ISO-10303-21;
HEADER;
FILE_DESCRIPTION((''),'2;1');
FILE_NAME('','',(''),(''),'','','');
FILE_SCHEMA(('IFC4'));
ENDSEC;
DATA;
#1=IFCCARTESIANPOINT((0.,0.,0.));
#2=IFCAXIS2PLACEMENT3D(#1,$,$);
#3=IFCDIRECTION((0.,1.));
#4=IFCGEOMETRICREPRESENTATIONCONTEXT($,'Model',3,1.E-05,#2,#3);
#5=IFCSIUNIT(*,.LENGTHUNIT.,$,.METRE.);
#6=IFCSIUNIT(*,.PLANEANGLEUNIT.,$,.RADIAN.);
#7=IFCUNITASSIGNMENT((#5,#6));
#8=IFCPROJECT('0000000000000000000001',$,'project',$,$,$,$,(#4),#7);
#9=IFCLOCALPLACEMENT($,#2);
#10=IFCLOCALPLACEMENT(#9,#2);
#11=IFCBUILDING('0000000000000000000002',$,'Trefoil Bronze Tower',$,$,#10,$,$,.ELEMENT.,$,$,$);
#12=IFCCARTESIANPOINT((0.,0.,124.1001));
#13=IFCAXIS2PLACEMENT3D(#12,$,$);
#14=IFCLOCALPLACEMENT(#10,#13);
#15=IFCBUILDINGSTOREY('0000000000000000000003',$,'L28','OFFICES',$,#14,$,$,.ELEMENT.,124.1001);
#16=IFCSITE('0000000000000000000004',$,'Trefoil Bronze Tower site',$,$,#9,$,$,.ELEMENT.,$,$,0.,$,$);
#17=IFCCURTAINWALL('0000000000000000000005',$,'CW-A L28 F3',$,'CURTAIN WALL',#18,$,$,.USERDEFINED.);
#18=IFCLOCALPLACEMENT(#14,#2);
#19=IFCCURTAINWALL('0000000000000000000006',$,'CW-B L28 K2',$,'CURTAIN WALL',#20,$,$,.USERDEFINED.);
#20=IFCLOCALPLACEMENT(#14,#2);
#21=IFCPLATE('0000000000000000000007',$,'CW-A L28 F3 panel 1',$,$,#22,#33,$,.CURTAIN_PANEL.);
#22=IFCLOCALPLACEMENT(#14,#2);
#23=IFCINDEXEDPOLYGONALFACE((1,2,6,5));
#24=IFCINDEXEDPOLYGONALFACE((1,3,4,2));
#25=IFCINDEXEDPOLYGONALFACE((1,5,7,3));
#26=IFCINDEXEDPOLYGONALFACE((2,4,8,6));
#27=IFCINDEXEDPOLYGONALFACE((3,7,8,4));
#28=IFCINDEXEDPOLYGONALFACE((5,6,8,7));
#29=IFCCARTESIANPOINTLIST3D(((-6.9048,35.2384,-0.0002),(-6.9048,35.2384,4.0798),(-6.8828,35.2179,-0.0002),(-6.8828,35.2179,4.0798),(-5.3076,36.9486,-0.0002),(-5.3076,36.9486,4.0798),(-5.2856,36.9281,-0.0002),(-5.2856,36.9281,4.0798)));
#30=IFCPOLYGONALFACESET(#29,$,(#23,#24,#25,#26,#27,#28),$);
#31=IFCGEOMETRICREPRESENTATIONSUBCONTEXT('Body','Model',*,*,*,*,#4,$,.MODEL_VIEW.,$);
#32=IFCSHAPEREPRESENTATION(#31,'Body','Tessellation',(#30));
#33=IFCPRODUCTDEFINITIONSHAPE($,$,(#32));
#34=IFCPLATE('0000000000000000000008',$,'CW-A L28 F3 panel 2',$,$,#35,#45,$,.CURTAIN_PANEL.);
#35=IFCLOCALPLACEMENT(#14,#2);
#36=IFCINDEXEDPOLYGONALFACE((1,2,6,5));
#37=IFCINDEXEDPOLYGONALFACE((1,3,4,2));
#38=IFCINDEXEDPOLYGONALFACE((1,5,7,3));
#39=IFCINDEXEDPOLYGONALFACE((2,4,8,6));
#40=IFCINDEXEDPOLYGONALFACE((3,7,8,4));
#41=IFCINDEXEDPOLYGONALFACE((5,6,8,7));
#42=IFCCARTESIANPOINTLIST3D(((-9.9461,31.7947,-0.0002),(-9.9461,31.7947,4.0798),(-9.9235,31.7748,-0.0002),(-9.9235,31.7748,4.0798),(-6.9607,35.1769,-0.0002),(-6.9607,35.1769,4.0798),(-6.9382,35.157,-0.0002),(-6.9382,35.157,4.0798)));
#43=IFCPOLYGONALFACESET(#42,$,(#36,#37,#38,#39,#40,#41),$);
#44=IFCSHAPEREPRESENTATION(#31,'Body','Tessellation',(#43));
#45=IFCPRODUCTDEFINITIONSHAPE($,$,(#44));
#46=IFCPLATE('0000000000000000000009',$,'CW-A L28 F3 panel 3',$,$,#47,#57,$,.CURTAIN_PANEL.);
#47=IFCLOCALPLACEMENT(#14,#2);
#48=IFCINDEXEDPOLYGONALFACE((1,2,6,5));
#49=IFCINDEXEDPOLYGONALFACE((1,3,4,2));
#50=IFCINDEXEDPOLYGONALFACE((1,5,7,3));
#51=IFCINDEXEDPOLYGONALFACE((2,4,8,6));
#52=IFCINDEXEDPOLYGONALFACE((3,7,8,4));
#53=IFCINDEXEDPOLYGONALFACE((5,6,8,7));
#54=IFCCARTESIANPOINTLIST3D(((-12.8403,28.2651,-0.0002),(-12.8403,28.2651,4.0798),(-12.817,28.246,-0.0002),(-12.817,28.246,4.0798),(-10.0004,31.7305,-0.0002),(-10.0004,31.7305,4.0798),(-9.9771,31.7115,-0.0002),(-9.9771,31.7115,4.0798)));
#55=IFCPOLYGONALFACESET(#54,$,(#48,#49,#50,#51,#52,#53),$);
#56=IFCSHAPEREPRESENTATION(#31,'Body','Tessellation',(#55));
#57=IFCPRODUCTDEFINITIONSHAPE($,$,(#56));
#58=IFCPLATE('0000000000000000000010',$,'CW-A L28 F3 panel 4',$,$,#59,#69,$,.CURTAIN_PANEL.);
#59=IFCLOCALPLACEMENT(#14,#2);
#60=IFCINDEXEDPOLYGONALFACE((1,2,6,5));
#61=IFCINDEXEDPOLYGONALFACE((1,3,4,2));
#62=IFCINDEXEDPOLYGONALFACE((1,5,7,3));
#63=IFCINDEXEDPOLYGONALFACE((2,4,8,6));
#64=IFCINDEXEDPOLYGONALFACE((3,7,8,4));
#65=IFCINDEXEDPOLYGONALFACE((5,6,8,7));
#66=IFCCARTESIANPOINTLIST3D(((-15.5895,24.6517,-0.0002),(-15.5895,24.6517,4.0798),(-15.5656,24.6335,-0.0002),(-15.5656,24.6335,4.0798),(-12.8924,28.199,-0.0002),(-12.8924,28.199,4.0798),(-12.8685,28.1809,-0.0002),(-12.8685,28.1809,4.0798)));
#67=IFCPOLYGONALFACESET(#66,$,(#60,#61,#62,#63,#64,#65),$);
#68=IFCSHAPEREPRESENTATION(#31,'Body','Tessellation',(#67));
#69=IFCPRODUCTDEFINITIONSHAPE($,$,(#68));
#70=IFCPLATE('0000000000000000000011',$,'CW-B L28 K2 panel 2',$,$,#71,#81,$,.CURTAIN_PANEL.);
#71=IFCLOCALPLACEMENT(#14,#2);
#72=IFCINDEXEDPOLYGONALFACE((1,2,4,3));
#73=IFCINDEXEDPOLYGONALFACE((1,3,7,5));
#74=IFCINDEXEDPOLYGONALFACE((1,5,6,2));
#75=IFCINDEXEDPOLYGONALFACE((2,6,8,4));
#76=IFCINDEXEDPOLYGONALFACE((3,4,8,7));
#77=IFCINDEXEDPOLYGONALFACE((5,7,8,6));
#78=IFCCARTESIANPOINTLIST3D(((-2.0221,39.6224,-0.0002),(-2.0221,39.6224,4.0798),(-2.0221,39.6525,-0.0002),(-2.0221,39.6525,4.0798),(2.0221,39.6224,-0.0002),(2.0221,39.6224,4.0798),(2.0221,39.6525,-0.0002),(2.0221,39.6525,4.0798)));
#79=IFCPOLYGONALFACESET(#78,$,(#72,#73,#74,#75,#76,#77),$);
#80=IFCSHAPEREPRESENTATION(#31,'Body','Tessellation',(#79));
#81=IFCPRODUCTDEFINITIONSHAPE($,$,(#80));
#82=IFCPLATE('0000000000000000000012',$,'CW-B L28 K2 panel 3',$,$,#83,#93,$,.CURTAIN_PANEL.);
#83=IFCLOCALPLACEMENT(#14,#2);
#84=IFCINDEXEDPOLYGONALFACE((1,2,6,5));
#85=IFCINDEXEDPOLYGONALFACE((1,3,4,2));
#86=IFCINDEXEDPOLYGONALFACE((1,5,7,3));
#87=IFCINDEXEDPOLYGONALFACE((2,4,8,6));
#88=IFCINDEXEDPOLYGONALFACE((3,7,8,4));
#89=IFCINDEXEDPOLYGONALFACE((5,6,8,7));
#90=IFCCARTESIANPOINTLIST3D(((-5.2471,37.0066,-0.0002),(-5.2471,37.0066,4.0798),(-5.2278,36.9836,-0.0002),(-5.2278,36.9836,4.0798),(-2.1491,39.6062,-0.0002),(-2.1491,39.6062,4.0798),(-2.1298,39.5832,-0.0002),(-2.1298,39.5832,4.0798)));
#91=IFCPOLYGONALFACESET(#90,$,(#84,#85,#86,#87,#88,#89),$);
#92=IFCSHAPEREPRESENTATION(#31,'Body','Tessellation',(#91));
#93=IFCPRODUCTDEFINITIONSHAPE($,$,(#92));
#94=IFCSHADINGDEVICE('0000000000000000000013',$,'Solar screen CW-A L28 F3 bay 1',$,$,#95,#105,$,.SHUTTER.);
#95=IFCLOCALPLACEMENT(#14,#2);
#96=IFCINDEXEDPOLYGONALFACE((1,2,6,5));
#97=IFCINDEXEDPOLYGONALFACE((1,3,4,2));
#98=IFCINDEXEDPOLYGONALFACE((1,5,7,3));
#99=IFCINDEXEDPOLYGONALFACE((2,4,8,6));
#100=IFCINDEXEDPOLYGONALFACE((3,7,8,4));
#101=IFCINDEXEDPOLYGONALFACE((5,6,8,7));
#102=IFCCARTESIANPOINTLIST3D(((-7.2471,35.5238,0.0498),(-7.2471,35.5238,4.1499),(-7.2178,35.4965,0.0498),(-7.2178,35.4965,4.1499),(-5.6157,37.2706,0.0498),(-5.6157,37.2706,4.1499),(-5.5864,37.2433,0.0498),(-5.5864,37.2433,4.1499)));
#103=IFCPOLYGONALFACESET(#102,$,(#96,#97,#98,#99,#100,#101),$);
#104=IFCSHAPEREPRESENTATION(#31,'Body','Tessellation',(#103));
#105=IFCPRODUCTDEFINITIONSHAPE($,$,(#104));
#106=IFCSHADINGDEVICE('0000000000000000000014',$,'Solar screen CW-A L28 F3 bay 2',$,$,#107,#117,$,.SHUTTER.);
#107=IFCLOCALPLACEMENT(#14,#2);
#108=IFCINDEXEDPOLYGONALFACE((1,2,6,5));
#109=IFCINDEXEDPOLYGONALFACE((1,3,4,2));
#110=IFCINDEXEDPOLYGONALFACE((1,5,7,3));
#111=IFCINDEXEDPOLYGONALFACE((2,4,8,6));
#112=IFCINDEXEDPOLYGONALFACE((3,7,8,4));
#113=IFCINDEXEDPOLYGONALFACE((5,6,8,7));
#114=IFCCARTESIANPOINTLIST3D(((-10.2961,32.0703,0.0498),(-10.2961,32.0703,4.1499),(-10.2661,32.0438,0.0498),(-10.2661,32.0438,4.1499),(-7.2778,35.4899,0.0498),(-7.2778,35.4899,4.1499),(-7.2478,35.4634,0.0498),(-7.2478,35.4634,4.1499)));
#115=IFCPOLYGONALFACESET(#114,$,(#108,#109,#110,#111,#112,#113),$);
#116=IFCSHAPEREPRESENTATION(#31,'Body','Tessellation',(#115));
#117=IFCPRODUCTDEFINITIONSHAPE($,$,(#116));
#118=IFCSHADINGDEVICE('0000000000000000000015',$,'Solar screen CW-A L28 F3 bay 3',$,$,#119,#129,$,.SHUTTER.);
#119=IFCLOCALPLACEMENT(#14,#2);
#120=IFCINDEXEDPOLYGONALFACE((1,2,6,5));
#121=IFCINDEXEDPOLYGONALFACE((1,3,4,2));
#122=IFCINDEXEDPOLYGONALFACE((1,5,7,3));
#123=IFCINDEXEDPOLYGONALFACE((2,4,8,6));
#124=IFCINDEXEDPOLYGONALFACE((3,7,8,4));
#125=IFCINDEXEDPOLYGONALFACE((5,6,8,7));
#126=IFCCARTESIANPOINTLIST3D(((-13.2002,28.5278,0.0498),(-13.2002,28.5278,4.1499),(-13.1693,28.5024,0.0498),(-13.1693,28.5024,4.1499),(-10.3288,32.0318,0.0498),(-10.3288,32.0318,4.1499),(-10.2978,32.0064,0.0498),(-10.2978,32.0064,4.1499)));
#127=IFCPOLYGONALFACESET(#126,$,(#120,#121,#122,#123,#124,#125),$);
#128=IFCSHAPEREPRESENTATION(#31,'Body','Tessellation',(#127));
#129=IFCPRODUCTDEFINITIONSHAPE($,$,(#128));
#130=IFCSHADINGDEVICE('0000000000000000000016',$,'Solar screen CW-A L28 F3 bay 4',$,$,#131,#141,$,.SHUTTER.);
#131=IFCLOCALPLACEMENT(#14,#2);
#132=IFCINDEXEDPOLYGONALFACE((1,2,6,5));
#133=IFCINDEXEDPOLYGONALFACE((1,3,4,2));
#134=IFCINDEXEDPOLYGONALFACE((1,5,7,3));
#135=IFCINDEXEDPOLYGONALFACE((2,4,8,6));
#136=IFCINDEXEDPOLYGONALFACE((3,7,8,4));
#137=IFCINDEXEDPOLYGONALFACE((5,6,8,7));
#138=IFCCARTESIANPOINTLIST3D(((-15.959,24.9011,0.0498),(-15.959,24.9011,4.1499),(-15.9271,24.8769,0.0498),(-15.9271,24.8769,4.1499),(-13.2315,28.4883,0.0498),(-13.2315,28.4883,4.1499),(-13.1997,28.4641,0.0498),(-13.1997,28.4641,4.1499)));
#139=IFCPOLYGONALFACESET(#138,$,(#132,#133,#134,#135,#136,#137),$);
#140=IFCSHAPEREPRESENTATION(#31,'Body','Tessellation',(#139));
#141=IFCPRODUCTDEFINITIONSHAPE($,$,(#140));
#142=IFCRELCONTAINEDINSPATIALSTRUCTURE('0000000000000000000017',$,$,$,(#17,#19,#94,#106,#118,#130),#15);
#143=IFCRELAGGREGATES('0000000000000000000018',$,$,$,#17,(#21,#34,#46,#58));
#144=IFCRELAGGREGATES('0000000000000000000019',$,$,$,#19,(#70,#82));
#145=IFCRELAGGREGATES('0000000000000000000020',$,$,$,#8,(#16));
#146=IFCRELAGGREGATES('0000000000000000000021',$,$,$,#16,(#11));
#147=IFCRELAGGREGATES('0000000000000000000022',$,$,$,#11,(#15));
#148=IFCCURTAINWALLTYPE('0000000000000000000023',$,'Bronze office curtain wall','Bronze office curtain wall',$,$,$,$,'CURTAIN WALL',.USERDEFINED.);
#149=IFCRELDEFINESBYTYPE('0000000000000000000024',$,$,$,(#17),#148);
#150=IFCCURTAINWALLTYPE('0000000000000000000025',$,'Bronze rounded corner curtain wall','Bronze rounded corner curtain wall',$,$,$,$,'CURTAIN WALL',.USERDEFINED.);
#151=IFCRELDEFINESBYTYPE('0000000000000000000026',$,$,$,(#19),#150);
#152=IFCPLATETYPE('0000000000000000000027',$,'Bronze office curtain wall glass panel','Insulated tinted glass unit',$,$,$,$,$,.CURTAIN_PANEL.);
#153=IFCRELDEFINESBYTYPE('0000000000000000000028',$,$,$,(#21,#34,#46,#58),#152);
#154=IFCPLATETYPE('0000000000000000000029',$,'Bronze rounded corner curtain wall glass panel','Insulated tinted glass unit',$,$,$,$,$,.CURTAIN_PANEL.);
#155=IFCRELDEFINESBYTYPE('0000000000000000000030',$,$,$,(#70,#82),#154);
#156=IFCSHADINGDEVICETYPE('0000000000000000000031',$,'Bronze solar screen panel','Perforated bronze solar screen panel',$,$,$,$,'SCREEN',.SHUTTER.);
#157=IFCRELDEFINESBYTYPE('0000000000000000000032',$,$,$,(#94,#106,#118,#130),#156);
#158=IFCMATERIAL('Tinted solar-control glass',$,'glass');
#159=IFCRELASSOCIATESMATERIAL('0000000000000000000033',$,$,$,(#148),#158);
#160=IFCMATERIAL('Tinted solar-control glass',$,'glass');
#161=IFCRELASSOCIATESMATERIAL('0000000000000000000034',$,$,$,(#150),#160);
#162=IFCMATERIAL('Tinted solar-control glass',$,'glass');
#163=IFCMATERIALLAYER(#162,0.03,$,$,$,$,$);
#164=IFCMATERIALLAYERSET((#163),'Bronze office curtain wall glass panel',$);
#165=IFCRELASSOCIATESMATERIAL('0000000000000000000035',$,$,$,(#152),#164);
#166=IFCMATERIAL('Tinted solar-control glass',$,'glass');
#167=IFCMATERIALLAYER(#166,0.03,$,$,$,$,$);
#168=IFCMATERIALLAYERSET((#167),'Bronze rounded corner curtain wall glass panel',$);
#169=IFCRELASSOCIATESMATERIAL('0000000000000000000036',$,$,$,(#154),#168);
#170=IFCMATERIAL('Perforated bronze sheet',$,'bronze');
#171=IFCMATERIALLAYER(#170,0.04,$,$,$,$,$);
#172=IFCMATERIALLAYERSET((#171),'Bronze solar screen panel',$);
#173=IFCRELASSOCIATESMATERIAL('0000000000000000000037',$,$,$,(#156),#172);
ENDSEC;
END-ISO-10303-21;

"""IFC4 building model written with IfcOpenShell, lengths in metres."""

from ifc_helpers import new_model, si_unit, direction, frame, origin, origin_2d, place, context, subcontext, project, spatial, rectangle, extrude, material, layer, layer_set, type_object, element, aggregate, save


model = new_model("IFC4")

# Units and contexts
model_context = context("Model", 3, precision=1e-05, world=origin(), true_north=direction((0.0, 1.0)))
body_context = subcontext(model_context, "Body", "Model", "MODEL_VIEW")
ifc_project = project(units=[si_unit("LENGTHUNIT", "METRE"), si_unit("PLANEANGLEUNIT", "RADIAN")], contexts=[model_context])

# Site, building, storey
site_placement = place(None, origin())
site = spatial("IfcSite", under=ifc_project, at=site_placement, Name="Trefoil Bronze Tower site", CompositionType="ELEMENT", RefElevation=0.0)
building_placement = place(site_placement, origin())
building = spatial("IfcBuilding", under=site, at=building_placement, Name="Trefoil Bronze Tower", CompositionType="ELEMENT")
storey_placement = place(building_placement, frame((0.0, 0.0, 124.1001)))
storey = spatial("IfcBuildingStorey", under=building, at=storey_placement, Name="L28", Description="OFFICES", CompositionType="ELEMENT", Elevation=124.1001)

# Curtain walls
ifc_material_1 = material(Name="Tinted solar-control glass", Category="glass")
curtain_wall_type_1 = type_object("IfcCurtainWallType", Name="Bronze office curtain wall", Description="Bronze office curtain wall", ElementType="CURTAIN WALL", PredefinedType="USERDEFINED", material=ifc_material_1)
curtain_wall_1_placement = place(storey_placement, origin())
curtain_wall_1 = element("IfcCurtainWall", 1, at=curtain_wall_1_placement, inside=storey, type_object=curtain_wall_type_1, Name="CW-A L28 F3", ObjectType="CURTAIN WALL", PredefinedType="USERDEFINED")
ifc_material_2 = material(Name="Tinted solar-control glass", Category="glass")
curtain_wall_type_2 = type_object("IfcCurtainWallType", Name="Bronze rounded corner curtain wall", Description="Bronze rounded corner curtain wall", ElementType="CURTAIN WALL", PredefinedType="USERDEFINED", material=ifc_material_2)
curtain_wall_2_placement = place(storey_placement, origin())
curtain_wall_2 = element("IfcCurtainWall", 2, at=curtain_wall_2_placement, inside=storey, type_object=curtain_wall_type_2, Name="CW-B L28 K2", ObjectType="CURTAIN WALL", PredefinedType="USERDEFINED")

# Plates
ifc_material_3 = material(Name="Tinted solar-control glass", Category="glass")
ifc_layer_1 = layer(ifc_material_3, 0.03)
ifc_layer_set_1 = layer_set([ifc_layer_1], Name="Bronze office curtain wall glass panel")
plate_type_1 = type_object("IfcPlateType", Name="Bronze office curtain wall glass panel", Description="Insulated tinted glass unit", PredefinedType="CURTAIN_PANEL", material=ifc_layer_set_1)
plate_1_placement = place(storey_placement, frame((-6.0952, 36.0833, -0.0002), z_axis=(0.0, 0.0, 1.0), x_axis=(-0.682536, -0.730852, 0.0)))
plate_1 = element("IfcPlate", 3, at=plate_1_placement, type_object=plate_type_1, Name="CW-A L28 F3 panel 1", PredefinedType="CURTAIN_PANEL", context=body_context, shape_type="SweptSolid", body=[
    extrude(rectangle(XDim=2.3401, YDim=0.03, at=origin_2d()), origin(), (0.0, 0.0, 1.0), 4.0801),
])
plate_2_placement = place(storey_placement, frame((-8.4421, 33.4758, -0.0002), z_axis=(0.0, 0.0, 1.0), x_axis=(-0.661751, -0.749723, 0.0)))
plate_2 = element("IfcPlate", 4, at=plate_2_placement, type_object=plate_type_1, Name="CW-A L28 F3 panel 2", PredefinedType="CURTAIN_PANEL", context=body_context, shape_type="SweptSolid", body=[
    extrude(rectangle(XDim=4.5112, YDim=0.03, at=origin_2d()), origin(), (0.0, 0.0, 1.0), 4.0801),
])
plate_3_placement = place(storey_placement, frame((-11.4087, 29.9883, -0.0002), z_axis=(0.0, 0.0, 1.0), x_axis=(-0.63384, -0.773464, 0.0)))
plate_3 = element("IfcPlate", 5, at=plate_3_placement, type_object=plate_type_1, Name="CW-A L28 F3 panel 3", PredefinedType="CURTAIN_PANEL", context=body_context, shape_type="SweptSolid", body=[
    extrude(rectangle(XDim=4.4805, YDim=0.03, at=origin_2d()), origin(), (0.0, 0.0, 1.0), 4.0801),
])
plate_4_placement = place(storey_placement, frame((-14.229, 26.4163, -0.0002), z_axis=(0.0, 0.0, 1.0), x_axis=(-0.605252, -0.796034, 0.0)))
plate_4 = element("IfcPlate", 6, at=plate_4_placement, type_object=plate_type_1, Name="CW-A L28 F3 panel 4", PredefinedType="CURTAIN_PANEL", context=body_context, shape_type="SweptSolid", body=[
    extrude(rectangle(XDim=4.4563, YDim=0.03, at=origin_2d()), origin(), (0.0, 0.0, 1.0), 4.0801),
])
aggregate(curtain_wall_1, [plate_1, plate_2, plate_3, plate_4])
ifc_material_4 = material(Name="Tinted solar-control glass", Category="glass")
ifc_layer_2 = layer(ifc_material_4, 0.03)
ifc_layer_set_2 = layer_set([ifc_layer_2], Name="Bronze rounded corner curtain wall glass panel")
plate_type_2 = type_object("IfcPlateType", Name="Bronze rounded corner curtain wall glass panel", Description="Insulated tinted glass unit", PredefinedType="CURTAIN_PANEL", material=ifc_layer_set_2)
plate_5_placement = place(storey_placement, frame((0.0, 39.6375, -0.0002), z_axis=(0.0, 0.0, 1.0), x_axis=(-1.0, 0.0, 0.0)))
plate_5 = element("IfcPlate", 7, at=plate_5_placement, type_object=plate_type_2, Name="CW-B L28 K2 panel 2", PredefinedType="CURTAIN_PANEL", context=body_context, shape_type="SweptSolid", body=[
    extrude(rectangle(XDim=4.0442, YDim=0.03, at=origin_2d()), origin(), (0.0, 0.0, 1.0), 4.0801),
])
plate_6_placement = place(storey_placement, frame((-3.6885, 38.2949, -0.0002), z_axis=(0.0, 0.0, 1.0), x_axis=(-0.766044, -0.642788, 0.0)))
plate_6 = element("IfcPlate", 8, at=plate_6_placement, type_object=plate_type_2, Name="CW-B L28 K2 panel 3", PredefinedType="CURTAIN_PANEL", context=body_context, shape_type="SweptSolid", body=[
    extrude(rectangle(XDim=4.0442, YDim=0.03, at=origin_2d()), origin(), (0.0, 0.0, 1.0), 4.0801),
])
aggregate(curtain_wall_2, [plate_5, plate_6])

# Shading devices
ifc_material_5 = material(Name="Perforated bronze sheet", Category="bronze")
ifc_layer_3 = layer(ifc_material_5, 0.04)
ifc_layer_set_3 = layer_set([ifc_layer_3], Name="Bronze solar screen panel")
shading_device_type = type_object("IfcShadingDeviceType", Name="Bronze solar screen panel", Description="Perforated bronze solar screen panel", ElementType="SCREEN", PredefinedType="SHUTTER", material=ifc_layer_set_3)
shading_device_1_placement = place(storey_placement, frame((-6.4167, 36.3835, 0.0498), z_axis=(0.0, 0.0, 1.0), x_axis=(-0.682536, -0.730852, 0.0)))
element("IfcShadingDevice", 9, at=shading_device_1_placement, inside=storey, type_object=shading_device_type, Name="Solar screen CW-A L28 F3 bay 1", PredefinedType="SHUTTER", context=body_context, shape_type="SweptSolid", body=[
    extrude(rectangle(XDim=2.3901, YDim=0.04, at=origin_2d()), origin(), (0.0, 0.0, 1.0), 4.1001),
])
shading_device_2_placement = place(storey_placement, frame((-8.772, 33.7668, 0.0498), z_axis=(0.0, 0.0, 1.0), x_axis=(-0.661751, -0.749723, 0.0)))
element("IfcShadingDevice", 10, at=shading_device_2_placement, inside=storey, type_object=shading_device_type, Name="Solar screen CW-A L28 F3 bay 2", PredefinedType="SHUTTER", context=body_context, shape_type="SweptSolid", body=[
    extrude(rectangle(XDim=4.561, YDim=0.04, at=origin_2d()), origin(), (0.0, 0.0, 1.0), 4.1001),
])
shading_device_3_placement = place(storey_placement, frame((-11.749, 30.2671, 0.0498), z_axis=(0.0, 0.0, 1.0), x_axis=(-0.63384, -0.773464, 0.0)))
element("IfcShadingDevice", 11, at=shading_device_3_placement, inside=storey, type_object=shading_device_type, Name="Solar screen CW-A L28 F3 bay 3", PredefinedType="SHUTTER", context=body_context, shape_type="SweptSolid", body=[
    extrude(rectangle(XDim=4.5303, YDim=0.04, at=origin_2d()), origin(), (0.0, 0.0, 1.0), 4.1001),
])
shading_device_4_placement = place(storey_placement, frame((-14.5793, 26.6826, 0.0498), z_axis=(0.0, 0.0, 1.0), x_axis=(-0.605252, -0.796034, 0.0)))
element("IfcShadingDevice", 12, at=shading_device_4_placement, inside=storey, type_object=shading_device_type, Name="Solar screen CW-A L28 F3 bay 4", PredefinedType="SHUTTER", context=body_context, shape_type="SweptSolid", body=[
    extrude(rectangle(XDim=4.5063, YDim=0.04, at=origin_2d()), origin(), (0.0, 0.0, 1.0), 4.1001),
])

save(model, "model.ifc")
